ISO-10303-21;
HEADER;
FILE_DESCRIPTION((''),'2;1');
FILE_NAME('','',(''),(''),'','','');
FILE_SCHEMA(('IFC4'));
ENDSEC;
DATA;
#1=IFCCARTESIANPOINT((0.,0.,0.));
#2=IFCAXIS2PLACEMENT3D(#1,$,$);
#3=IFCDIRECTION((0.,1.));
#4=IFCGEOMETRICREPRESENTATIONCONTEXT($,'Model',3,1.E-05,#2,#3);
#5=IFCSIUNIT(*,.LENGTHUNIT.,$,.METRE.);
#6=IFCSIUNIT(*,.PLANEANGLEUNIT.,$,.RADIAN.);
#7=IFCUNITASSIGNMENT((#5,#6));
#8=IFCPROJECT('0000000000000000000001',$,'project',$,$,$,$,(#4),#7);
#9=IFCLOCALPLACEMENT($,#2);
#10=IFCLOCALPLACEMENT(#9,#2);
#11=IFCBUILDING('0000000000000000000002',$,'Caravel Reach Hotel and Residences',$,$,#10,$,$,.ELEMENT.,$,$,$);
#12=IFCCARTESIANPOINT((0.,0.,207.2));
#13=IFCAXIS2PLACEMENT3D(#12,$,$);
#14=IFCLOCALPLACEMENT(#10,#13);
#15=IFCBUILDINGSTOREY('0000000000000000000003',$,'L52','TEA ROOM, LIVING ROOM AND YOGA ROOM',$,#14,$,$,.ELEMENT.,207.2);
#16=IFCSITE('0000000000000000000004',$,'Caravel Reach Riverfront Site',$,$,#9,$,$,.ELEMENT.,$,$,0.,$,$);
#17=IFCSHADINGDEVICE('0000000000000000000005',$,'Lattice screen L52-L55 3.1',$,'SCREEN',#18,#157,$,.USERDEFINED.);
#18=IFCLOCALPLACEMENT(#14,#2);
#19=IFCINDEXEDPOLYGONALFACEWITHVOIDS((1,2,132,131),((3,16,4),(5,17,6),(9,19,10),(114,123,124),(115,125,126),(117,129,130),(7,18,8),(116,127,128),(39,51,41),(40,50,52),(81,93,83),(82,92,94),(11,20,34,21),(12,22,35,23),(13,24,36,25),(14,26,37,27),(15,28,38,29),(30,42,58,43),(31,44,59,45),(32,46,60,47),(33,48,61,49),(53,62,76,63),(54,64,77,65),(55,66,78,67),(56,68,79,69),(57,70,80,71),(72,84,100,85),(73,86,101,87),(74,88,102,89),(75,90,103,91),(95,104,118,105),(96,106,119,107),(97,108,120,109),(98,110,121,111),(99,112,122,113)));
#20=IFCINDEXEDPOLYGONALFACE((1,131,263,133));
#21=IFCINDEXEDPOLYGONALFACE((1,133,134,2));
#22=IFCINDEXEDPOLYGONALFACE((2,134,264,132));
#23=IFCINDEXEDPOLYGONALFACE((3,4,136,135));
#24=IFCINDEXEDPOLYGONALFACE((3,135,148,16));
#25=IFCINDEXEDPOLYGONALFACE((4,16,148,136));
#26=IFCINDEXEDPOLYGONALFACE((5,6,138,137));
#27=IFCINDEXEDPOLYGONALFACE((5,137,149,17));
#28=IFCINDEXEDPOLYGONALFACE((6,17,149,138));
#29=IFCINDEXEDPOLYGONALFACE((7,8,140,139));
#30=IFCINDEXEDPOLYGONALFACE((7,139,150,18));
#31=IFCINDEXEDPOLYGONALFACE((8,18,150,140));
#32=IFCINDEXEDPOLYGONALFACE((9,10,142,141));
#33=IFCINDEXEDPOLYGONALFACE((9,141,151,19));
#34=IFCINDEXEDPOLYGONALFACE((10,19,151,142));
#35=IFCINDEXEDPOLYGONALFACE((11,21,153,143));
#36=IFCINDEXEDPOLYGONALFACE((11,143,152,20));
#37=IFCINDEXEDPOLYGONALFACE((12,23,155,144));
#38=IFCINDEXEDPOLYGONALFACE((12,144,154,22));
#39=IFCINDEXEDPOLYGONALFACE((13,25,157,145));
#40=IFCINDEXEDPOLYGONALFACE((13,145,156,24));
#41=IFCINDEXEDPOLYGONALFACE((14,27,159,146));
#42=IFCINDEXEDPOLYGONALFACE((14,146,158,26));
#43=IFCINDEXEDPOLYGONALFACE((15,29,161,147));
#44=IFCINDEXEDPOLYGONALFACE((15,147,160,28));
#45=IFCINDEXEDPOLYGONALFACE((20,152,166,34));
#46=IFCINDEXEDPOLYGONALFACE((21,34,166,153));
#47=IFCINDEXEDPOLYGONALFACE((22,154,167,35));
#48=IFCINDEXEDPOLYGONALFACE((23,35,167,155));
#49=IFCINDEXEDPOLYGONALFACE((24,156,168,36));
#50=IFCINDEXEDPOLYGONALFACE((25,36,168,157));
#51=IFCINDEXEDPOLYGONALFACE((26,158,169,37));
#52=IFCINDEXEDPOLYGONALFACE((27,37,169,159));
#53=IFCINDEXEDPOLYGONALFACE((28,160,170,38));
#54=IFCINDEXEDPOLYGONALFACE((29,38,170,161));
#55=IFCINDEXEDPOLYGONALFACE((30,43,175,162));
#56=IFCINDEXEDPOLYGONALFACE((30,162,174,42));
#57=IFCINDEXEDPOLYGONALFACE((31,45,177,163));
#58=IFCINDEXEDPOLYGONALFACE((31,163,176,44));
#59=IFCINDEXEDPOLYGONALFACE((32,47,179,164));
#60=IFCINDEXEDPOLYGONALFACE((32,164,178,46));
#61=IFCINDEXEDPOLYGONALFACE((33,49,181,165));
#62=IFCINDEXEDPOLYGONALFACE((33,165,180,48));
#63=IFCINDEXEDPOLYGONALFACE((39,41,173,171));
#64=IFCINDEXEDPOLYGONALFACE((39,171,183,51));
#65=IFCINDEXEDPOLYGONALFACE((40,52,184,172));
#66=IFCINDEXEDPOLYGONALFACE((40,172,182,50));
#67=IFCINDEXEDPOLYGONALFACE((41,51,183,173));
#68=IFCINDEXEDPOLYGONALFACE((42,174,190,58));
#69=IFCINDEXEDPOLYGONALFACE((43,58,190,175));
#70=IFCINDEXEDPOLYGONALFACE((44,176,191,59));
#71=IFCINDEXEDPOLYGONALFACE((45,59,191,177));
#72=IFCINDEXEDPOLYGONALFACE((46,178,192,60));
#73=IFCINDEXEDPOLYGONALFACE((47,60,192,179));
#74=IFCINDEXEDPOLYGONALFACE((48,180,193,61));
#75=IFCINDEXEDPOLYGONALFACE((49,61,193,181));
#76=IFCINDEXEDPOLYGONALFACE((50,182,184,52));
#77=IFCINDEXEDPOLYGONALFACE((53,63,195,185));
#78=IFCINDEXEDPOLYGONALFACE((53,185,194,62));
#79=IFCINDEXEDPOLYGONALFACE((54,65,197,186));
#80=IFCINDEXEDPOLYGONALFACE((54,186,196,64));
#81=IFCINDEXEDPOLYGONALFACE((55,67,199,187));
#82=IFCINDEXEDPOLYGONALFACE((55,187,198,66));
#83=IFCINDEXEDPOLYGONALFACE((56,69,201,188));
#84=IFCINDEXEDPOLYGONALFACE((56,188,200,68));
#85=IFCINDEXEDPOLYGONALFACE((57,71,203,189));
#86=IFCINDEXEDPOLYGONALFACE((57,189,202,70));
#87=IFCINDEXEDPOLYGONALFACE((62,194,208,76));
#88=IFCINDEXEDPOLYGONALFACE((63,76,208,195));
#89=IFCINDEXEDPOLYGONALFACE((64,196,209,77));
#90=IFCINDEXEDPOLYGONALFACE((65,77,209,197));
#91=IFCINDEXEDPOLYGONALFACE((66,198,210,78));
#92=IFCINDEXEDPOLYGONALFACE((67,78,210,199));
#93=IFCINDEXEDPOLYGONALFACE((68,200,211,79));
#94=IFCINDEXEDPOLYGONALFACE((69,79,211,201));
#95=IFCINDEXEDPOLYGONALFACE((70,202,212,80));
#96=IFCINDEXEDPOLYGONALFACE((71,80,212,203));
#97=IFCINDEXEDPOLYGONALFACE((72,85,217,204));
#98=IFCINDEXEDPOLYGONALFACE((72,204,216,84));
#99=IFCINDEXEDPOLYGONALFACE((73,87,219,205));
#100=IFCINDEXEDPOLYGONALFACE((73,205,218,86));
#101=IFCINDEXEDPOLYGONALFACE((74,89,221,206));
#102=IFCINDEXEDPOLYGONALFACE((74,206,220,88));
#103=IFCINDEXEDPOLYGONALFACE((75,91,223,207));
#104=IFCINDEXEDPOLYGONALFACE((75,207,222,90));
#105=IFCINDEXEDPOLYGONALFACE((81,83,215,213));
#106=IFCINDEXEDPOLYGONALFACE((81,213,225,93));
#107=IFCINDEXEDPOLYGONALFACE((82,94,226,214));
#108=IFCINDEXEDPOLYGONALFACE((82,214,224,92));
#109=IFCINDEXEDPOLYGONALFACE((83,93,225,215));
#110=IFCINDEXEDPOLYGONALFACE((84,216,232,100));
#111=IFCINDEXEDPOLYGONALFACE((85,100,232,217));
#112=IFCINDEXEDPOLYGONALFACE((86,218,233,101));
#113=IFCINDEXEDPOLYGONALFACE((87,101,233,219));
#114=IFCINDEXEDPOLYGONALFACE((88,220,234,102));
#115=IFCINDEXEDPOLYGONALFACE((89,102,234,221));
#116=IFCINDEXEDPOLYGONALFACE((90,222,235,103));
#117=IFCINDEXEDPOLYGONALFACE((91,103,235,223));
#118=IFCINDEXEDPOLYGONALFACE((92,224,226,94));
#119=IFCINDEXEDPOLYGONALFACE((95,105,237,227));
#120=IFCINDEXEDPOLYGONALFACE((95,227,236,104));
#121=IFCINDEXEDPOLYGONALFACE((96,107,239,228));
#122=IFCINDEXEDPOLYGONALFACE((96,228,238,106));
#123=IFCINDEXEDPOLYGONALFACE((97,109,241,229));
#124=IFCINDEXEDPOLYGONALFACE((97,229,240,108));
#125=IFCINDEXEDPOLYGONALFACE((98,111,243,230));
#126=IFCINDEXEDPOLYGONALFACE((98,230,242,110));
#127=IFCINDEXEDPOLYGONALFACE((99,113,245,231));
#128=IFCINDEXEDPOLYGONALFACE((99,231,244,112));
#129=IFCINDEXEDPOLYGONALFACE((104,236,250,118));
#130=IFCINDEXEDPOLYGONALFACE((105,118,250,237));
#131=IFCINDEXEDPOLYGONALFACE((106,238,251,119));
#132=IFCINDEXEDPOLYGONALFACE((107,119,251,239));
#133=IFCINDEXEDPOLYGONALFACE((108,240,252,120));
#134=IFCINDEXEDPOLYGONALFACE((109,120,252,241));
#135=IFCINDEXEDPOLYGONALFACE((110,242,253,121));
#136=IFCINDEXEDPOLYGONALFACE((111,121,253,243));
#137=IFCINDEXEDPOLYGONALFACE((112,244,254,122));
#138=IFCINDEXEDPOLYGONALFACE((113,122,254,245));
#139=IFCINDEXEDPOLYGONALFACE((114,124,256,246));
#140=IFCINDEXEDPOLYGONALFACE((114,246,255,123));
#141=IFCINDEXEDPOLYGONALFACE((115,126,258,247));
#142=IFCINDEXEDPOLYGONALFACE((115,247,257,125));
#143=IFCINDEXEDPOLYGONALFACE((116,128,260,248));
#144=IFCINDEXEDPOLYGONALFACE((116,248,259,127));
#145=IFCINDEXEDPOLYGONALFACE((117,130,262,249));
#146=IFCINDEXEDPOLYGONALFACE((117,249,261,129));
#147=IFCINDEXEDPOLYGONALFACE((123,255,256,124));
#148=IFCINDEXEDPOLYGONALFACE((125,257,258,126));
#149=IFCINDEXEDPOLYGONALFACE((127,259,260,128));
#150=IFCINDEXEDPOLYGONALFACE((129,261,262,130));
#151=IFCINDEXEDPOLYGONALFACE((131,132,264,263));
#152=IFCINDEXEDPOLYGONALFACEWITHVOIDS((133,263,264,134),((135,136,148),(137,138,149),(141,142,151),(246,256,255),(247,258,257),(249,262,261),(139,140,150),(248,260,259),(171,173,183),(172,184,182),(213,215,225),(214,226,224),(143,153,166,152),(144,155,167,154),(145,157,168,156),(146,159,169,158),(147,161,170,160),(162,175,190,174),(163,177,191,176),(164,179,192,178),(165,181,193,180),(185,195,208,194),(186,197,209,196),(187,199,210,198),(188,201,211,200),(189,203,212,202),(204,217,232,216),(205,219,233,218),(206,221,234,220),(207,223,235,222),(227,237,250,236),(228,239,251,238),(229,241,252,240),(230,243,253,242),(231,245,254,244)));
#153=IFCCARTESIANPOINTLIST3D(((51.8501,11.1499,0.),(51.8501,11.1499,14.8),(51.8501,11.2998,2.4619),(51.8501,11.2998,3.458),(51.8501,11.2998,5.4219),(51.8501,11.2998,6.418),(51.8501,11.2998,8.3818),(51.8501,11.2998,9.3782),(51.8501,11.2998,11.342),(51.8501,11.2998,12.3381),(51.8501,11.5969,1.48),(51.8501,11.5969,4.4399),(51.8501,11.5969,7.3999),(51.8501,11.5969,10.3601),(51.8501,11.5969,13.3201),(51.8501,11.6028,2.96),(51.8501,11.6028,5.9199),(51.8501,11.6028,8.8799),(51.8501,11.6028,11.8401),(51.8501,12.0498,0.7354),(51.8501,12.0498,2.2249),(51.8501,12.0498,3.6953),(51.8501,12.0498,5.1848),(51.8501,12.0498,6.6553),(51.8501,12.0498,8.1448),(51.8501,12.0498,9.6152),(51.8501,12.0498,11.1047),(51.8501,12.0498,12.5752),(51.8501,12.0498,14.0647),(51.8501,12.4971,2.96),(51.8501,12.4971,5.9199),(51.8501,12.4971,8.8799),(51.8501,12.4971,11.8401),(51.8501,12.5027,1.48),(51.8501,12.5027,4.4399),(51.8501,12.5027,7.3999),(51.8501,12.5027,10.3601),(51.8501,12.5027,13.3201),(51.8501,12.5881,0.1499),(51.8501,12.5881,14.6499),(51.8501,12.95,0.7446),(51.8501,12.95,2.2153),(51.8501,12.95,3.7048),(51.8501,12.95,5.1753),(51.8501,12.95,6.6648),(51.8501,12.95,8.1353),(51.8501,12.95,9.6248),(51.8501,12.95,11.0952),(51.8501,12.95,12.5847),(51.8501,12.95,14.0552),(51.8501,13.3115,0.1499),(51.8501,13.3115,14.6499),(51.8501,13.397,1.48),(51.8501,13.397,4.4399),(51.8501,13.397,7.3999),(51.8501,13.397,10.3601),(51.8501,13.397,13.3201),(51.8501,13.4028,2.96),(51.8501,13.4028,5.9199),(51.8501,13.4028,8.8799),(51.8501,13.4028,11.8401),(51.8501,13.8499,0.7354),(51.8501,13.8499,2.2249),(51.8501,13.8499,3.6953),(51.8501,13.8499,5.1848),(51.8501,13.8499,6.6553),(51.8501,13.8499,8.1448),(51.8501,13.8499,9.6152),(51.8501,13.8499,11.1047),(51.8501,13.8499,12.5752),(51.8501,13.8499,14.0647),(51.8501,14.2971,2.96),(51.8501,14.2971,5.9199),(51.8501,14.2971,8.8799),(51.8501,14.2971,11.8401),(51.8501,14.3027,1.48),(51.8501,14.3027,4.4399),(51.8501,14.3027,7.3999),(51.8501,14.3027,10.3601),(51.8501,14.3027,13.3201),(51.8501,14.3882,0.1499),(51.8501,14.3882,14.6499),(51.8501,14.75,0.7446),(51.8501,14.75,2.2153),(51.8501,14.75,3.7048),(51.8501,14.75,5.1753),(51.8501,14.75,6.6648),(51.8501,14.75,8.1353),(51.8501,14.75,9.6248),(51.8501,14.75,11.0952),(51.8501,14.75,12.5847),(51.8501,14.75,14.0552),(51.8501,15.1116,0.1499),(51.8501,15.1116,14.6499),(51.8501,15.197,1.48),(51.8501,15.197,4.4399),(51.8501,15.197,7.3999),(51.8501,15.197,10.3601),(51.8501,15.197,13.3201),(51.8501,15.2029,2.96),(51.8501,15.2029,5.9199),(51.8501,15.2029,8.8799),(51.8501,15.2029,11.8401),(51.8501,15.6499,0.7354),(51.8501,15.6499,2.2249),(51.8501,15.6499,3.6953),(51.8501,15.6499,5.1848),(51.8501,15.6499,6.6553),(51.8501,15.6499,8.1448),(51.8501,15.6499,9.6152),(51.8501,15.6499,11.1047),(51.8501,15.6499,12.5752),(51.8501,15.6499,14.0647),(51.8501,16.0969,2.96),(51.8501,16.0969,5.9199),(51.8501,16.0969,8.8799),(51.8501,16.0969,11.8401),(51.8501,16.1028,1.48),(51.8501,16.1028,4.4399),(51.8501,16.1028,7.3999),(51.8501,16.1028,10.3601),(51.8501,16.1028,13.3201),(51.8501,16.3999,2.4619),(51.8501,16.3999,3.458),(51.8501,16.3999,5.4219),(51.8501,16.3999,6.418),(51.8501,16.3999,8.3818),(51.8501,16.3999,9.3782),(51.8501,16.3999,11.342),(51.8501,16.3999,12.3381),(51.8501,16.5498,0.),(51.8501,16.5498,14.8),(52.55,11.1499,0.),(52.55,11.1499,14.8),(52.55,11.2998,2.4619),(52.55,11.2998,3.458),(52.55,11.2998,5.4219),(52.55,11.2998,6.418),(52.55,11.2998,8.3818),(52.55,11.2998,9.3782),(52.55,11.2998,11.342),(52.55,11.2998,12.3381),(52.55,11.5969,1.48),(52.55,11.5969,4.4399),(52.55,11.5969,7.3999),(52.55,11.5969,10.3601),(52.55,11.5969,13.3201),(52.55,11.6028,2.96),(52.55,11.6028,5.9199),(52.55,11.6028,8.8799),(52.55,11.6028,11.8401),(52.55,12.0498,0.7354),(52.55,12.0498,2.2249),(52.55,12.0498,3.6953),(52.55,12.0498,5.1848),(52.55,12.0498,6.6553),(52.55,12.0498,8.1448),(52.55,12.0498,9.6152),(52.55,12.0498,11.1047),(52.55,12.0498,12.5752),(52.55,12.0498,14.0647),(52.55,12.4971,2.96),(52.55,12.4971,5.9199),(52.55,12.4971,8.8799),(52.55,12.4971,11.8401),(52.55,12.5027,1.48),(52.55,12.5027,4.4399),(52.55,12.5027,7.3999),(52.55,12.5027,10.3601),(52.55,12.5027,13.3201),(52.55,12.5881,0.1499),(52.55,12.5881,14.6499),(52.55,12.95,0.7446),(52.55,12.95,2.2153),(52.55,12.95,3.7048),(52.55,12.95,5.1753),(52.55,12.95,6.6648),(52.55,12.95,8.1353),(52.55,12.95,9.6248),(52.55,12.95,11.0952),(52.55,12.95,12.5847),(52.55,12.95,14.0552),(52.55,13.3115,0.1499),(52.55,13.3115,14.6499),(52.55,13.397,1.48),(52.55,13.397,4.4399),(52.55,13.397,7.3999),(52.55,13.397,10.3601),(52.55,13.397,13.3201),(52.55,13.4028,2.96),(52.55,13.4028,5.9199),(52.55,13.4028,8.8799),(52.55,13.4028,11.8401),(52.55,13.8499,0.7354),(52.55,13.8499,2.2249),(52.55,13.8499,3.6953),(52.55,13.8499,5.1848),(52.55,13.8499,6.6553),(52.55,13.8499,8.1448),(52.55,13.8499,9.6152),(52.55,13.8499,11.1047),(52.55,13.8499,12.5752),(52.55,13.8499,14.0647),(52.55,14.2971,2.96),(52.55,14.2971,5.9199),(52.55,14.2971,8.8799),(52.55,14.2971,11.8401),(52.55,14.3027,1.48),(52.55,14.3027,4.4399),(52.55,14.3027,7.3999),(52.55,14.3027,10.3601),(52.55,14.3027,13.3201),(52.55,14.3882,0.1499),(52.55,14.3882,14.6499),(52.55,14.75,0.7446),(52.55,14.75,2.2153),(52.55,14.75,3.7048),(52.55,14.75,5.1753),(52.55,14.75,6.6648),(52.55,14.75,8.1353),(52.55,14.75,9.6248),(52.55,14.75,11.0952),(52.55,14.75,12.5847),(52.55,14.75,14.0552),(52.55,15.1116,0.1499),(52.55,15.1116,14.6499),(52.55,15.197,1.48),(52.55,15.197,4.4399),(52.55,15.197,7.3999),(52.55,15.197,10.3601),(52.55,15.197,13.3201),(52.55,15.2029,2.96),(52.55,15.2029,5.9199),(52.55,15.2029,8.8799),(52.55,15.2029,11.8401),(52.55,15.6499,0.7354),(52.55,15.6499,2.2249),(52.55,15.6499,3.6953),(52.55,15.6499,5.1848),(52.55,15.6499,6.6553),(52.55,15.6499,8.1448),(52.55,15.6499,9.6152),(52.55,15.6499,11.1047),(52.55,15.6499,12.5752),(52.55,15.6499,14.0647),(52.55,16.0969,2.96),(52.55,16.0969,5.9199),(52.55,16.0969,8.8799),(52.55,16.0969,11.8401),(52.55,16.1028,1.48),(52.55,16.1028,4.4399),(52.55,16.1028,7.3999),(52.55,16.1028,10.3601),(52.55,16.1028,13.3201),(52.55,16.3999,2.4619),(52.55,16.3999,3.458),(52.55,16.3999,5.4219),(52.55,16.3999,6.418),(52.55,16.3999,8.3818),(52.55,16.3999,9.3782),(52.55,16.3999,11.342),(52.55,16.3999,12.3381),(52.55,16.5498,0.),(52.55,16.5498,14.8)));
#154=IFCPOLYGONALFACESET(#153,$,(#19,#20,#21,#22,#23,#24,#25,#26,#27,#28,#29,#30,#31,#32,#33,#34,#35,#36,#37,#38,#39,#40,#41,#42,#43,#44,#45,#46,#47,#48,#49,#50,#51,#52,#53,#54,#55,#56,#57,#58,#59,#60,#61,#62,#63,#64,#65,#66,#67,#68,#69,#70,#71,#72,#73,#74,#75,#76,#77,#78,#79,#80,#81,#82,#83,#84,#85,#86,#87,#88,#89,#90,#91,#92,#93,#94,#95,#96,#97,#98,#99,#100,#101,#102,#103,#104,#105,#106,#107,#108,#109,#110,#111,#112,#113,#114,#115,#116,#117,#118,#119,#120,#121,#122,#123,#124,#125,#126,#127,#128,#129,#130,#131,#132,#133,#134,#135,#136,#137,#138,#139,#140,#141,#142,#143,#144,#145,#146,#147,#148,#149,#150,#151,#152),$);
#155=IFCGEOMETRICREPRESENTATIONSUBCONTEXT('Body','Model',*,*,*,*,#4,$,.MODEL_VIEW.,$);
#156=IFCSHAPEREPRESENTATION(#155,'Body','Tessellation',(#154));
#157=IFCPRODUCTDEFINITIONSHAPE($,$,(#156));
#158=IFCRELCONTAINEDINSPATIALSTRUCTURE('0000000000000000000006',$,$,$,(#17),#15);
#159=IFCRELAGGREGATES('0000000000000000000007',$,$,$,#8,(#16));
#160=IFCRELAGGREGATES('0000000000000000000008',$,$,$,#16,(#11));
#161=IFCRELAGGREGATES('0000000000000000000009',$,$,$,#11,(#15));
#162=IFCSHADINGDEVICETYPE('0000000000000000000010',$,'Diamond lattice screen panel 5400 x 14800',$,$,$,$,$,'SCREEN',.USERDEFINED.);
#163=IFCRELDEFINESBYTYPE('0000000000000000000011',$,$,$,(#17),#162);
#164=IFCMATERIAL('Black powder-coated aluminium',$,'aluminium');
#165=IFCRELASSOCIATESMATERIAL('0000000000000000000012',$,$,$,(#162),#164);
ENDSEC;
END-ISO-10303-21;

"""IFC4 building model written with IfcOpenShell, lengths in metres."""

from ifc_helpers import new_model, si_unit, direction, frame, origin, place, context, subcontext, project, spatial, polyline, outline, extrude, material, type_object, element, save


model = new_model("IFC4")

# Units and contexts
model_context = context("Model", 3, precision=1e-05, world=origin(), true_north=direction((0.0, 1.0)))
body_context = subcontext(model_context, "Body", "Model", "MODEL_VIEW")
ifc_project = project(units=[si_unit("LENGTHUNIT", "METRE"), si_unit("PLANEANGLEUNIT", "RADIAN")], contexts=[model_context])

# Site, building, storey
site_placement = place(None, origin())
site = spatial("IfcSite", under=ifc_project, at=site_placement, Name="Caravel Reach Riverfront Site", CompositionType="ELEMENT", RefElevation=0.0)
building_placement = place(site_placement, origin())
building = spatial("IfcBuilding", under=site, at=building_placement, Name="Caravel Reach Hotel and Residences", CompositionType="ELEMENT")
storey_placement = place(building_placement, frame((0.0, 0.0, 207.2)))
storey = spatial("IfcBuildingStorey", under=building, at=storey_placement, Name="L52", Description="TEA ROOM, LIVING ROOM AND YOGA ROOM", CompositionType="ELEMENT", Elevation=207.2)

# Shading device
ifc_material_1 = material(Name="Black powder-coated aluminium", Category="aluminium")
shading_device_type_1 = type_object("IfcShadingDeviceType", Name="Diamond lattice screen panel 5400 x 14800", ElementType="SCREEN", PredefinedType="USERDEFINED", material=ifc_material_1)
shading_device_1_placement = place(storey_placement, frame((51.8501, 11.1499, 0.0), z_axis=(1.0, 0.0, 0.0), x_axis=(0.0, 1.0, 0.0)))
element("IfcShadingDevice", 1, at=shading_device_1_placement, inside=storey, type_object=shading_device_type_1, Name="Lattice screen L52-L55 3.1", ObjectType="SCREEN", PredefinedType="USERDEFINED", context=body_context, shape_type="SweptSolid", body=[
    extrude(outline(polyline([(0.0, 0.0), (5.3999, 0.0), (5.3999, 14.8), (0.0, 14.8), (0.0, 0.0)]), holes=[polyline([(0.4529, 2.96), (0.1499, 3.458), (0.1499, 2.4619), (0.4529, 2.96)]), polyline([(0.4529, 5.9199), (0.1499, 6.418), (0.1499, 5.4219), (0.4529, 5.9199)]), polyline([(0.4529, 8.8799), (0.1499, 9.3782), (0.1499, 8.3818), (0.4529, 8.8799)]), polyline([(0.4529, 11.8401), (0.1499, 12.3381), (0.1499, 11.342), (0.4529, 11.8401)]), polyline([(0.8999, 2.2249), (0.447, 1.48), (0.8999, 0.7354), (1.3528, 1.48), (0.8999, 2.2249)]), polyline([(0.8999, 5.1848), (0.447, 4.4399), (0.8999, 3.6953), (1.3528, 4.4399), (0.8999, 5.1848)]), polyline([(0.8999, 8.1448), (0.447, 7.3999), (0.8999, 6.6553), (1.3528, 7.3999), (0.8999, 8.1448)]), polyline([(0.8999, 11.1047), (0.447, 10.3601), (0.8999, 9.6152), (1.3528, 10.3601), (0.8999, 11.1047)]), polyline([(0.8999, 14.0647), (0.447, 13.3201), (0.8999, 12.5752), (1.3528, 13.3201), (0.8999, 14.0647)]), polyline([(1.8, 0.7446), (1.4382, 0.1499), (2.1616, 0.1499), (1.8, 0.7446)]), polyline([(1.8, 3.7048), (1.3472, 2.96), (1.8, 2.2153), (2.2529, 2.96), (1.8, 3.7048)]), polyline([(1.8, 6.6648), (1.3472, 5.9199), (1.8, 5.1753), (2.2529, 5.9199), (1.8, 6.6648)]), polyline([(1.8, 9.6248), (1.3472, 8.8799), (1.8, 8.1353), (2.2529, 8.8799), (1.8, 9.6248)]), polyline([(1.8, 12.5847), (1.3472, 11.8401), (1.8, 11.0952), (2.2529, 11.8401), (1.8, 12.5847)]), polyline([(1.8, 14.0552), (2.1616, 14.6499), (1.4382, 14.6499), (1.8, 14.0552)]), polyline([(2.7, 2.2249), (2.2471, 1.48), (2.7, 0.7354), (3.1528, 1.48), (2.7, 2.2249)]), polyline([(2.7, 5.1848), (2.2471, 4.4399), (2.7, 3.6953), (3.1528, 4.4399), (2.7, 5.1848)]), polyline([(2.7, 8.1448), (2.2471, 7.3999), (2.7, 6.6553), (3.1528, 7.3999), (2.7, 8.1448)]), polyline([(2.7, 11.1047), (2.2471, 10.3601), (2.7, 9.6152), (3.1528, 10.3601), (2.7, 11.1047)]), polyline([(2.7, 14.0647), (2.2471, 13.3201), (2.7, 12.5752), (3.1528, 13.3201), (2.7, 14.0647)]), polyline([(3.6001, 0.7446), (3.2383, 0.1499), (3.9617, 0.1499), (3.6001, 0.7446)]), polyline([(3.6001, 3.7048), (3.1472, 2.96), (3.6001, 2.2153), (4.053, 2.96), (3.6001, 3.7048)]), polyline([(3.6001, 6.6648), (3.1472, 5.9199), (3.6001, 5.1753), (4.053, 5.9199), (3.6001, 6.6648)]), polyline([(3.6001, 9.6248), (3.1472, 8.8799), (3.6001, 8.1353), (4.053, 8.8799), (3.6001, 9.6248)]), polyline([(3.6001, 12.5847), (3.1472, 11.8401), (3.6001, 11.0952), (4.053, 11.8401), (3.6001, 12.5847)]), polyline([(3.6001, 14.0552), (3.9617, 14.6499), (3.2383, 14.6499), (3.6001, 14.0552)]), polyline([(4.5, 2.2249), (4.0471, 1.48), (4.5, 0.7354), (4.9529, 1.48), (4.5, 2.2249)]), polyline([(4.5, 5.1848), (4.0471, 4.4399), (4.5, 3.6953), (4.9529, 4.4399), (4.5, 5.1848)]), polyline([(4.5, 8.1448), (4.0471, 7.3999), (4.5, 6.6553), (4.9529, 7.3999), (4.5, 8.1448)]), polyline([(4.5, 11.1047), (4.0471, 10.3601), (4.5, 9.6152), (4.9529, 10.3601), (4.5, 11.1047)]), polyline([(4.5, 14.0647), (4.0471, 13.3201), (4.5, 12.5752), (4.9529, 13.3201), (4.5, 14.0647)]), polyline([(4.947, 2.96), (5.25, 2.4619), (5.25, 3.458), (4.947, 2.96)]), polyline([(4.947, 5.9199), (5.25, 5.4219), (5.25, 6.418), (4.947, 5.9199)]), polyline([(4.947, 8.8799), (5.25, 8.3818), (5.25, 9.3782), (4.947, 8.8799)]), polyline([(4.947, 11.8401), (5.25, 11.342), (5.25, 12.3381), (4.947, 11.8401)])]), origin(), (0.0, 0.0, 1.0), 0.7),
])

save(model, "model.ifc")
